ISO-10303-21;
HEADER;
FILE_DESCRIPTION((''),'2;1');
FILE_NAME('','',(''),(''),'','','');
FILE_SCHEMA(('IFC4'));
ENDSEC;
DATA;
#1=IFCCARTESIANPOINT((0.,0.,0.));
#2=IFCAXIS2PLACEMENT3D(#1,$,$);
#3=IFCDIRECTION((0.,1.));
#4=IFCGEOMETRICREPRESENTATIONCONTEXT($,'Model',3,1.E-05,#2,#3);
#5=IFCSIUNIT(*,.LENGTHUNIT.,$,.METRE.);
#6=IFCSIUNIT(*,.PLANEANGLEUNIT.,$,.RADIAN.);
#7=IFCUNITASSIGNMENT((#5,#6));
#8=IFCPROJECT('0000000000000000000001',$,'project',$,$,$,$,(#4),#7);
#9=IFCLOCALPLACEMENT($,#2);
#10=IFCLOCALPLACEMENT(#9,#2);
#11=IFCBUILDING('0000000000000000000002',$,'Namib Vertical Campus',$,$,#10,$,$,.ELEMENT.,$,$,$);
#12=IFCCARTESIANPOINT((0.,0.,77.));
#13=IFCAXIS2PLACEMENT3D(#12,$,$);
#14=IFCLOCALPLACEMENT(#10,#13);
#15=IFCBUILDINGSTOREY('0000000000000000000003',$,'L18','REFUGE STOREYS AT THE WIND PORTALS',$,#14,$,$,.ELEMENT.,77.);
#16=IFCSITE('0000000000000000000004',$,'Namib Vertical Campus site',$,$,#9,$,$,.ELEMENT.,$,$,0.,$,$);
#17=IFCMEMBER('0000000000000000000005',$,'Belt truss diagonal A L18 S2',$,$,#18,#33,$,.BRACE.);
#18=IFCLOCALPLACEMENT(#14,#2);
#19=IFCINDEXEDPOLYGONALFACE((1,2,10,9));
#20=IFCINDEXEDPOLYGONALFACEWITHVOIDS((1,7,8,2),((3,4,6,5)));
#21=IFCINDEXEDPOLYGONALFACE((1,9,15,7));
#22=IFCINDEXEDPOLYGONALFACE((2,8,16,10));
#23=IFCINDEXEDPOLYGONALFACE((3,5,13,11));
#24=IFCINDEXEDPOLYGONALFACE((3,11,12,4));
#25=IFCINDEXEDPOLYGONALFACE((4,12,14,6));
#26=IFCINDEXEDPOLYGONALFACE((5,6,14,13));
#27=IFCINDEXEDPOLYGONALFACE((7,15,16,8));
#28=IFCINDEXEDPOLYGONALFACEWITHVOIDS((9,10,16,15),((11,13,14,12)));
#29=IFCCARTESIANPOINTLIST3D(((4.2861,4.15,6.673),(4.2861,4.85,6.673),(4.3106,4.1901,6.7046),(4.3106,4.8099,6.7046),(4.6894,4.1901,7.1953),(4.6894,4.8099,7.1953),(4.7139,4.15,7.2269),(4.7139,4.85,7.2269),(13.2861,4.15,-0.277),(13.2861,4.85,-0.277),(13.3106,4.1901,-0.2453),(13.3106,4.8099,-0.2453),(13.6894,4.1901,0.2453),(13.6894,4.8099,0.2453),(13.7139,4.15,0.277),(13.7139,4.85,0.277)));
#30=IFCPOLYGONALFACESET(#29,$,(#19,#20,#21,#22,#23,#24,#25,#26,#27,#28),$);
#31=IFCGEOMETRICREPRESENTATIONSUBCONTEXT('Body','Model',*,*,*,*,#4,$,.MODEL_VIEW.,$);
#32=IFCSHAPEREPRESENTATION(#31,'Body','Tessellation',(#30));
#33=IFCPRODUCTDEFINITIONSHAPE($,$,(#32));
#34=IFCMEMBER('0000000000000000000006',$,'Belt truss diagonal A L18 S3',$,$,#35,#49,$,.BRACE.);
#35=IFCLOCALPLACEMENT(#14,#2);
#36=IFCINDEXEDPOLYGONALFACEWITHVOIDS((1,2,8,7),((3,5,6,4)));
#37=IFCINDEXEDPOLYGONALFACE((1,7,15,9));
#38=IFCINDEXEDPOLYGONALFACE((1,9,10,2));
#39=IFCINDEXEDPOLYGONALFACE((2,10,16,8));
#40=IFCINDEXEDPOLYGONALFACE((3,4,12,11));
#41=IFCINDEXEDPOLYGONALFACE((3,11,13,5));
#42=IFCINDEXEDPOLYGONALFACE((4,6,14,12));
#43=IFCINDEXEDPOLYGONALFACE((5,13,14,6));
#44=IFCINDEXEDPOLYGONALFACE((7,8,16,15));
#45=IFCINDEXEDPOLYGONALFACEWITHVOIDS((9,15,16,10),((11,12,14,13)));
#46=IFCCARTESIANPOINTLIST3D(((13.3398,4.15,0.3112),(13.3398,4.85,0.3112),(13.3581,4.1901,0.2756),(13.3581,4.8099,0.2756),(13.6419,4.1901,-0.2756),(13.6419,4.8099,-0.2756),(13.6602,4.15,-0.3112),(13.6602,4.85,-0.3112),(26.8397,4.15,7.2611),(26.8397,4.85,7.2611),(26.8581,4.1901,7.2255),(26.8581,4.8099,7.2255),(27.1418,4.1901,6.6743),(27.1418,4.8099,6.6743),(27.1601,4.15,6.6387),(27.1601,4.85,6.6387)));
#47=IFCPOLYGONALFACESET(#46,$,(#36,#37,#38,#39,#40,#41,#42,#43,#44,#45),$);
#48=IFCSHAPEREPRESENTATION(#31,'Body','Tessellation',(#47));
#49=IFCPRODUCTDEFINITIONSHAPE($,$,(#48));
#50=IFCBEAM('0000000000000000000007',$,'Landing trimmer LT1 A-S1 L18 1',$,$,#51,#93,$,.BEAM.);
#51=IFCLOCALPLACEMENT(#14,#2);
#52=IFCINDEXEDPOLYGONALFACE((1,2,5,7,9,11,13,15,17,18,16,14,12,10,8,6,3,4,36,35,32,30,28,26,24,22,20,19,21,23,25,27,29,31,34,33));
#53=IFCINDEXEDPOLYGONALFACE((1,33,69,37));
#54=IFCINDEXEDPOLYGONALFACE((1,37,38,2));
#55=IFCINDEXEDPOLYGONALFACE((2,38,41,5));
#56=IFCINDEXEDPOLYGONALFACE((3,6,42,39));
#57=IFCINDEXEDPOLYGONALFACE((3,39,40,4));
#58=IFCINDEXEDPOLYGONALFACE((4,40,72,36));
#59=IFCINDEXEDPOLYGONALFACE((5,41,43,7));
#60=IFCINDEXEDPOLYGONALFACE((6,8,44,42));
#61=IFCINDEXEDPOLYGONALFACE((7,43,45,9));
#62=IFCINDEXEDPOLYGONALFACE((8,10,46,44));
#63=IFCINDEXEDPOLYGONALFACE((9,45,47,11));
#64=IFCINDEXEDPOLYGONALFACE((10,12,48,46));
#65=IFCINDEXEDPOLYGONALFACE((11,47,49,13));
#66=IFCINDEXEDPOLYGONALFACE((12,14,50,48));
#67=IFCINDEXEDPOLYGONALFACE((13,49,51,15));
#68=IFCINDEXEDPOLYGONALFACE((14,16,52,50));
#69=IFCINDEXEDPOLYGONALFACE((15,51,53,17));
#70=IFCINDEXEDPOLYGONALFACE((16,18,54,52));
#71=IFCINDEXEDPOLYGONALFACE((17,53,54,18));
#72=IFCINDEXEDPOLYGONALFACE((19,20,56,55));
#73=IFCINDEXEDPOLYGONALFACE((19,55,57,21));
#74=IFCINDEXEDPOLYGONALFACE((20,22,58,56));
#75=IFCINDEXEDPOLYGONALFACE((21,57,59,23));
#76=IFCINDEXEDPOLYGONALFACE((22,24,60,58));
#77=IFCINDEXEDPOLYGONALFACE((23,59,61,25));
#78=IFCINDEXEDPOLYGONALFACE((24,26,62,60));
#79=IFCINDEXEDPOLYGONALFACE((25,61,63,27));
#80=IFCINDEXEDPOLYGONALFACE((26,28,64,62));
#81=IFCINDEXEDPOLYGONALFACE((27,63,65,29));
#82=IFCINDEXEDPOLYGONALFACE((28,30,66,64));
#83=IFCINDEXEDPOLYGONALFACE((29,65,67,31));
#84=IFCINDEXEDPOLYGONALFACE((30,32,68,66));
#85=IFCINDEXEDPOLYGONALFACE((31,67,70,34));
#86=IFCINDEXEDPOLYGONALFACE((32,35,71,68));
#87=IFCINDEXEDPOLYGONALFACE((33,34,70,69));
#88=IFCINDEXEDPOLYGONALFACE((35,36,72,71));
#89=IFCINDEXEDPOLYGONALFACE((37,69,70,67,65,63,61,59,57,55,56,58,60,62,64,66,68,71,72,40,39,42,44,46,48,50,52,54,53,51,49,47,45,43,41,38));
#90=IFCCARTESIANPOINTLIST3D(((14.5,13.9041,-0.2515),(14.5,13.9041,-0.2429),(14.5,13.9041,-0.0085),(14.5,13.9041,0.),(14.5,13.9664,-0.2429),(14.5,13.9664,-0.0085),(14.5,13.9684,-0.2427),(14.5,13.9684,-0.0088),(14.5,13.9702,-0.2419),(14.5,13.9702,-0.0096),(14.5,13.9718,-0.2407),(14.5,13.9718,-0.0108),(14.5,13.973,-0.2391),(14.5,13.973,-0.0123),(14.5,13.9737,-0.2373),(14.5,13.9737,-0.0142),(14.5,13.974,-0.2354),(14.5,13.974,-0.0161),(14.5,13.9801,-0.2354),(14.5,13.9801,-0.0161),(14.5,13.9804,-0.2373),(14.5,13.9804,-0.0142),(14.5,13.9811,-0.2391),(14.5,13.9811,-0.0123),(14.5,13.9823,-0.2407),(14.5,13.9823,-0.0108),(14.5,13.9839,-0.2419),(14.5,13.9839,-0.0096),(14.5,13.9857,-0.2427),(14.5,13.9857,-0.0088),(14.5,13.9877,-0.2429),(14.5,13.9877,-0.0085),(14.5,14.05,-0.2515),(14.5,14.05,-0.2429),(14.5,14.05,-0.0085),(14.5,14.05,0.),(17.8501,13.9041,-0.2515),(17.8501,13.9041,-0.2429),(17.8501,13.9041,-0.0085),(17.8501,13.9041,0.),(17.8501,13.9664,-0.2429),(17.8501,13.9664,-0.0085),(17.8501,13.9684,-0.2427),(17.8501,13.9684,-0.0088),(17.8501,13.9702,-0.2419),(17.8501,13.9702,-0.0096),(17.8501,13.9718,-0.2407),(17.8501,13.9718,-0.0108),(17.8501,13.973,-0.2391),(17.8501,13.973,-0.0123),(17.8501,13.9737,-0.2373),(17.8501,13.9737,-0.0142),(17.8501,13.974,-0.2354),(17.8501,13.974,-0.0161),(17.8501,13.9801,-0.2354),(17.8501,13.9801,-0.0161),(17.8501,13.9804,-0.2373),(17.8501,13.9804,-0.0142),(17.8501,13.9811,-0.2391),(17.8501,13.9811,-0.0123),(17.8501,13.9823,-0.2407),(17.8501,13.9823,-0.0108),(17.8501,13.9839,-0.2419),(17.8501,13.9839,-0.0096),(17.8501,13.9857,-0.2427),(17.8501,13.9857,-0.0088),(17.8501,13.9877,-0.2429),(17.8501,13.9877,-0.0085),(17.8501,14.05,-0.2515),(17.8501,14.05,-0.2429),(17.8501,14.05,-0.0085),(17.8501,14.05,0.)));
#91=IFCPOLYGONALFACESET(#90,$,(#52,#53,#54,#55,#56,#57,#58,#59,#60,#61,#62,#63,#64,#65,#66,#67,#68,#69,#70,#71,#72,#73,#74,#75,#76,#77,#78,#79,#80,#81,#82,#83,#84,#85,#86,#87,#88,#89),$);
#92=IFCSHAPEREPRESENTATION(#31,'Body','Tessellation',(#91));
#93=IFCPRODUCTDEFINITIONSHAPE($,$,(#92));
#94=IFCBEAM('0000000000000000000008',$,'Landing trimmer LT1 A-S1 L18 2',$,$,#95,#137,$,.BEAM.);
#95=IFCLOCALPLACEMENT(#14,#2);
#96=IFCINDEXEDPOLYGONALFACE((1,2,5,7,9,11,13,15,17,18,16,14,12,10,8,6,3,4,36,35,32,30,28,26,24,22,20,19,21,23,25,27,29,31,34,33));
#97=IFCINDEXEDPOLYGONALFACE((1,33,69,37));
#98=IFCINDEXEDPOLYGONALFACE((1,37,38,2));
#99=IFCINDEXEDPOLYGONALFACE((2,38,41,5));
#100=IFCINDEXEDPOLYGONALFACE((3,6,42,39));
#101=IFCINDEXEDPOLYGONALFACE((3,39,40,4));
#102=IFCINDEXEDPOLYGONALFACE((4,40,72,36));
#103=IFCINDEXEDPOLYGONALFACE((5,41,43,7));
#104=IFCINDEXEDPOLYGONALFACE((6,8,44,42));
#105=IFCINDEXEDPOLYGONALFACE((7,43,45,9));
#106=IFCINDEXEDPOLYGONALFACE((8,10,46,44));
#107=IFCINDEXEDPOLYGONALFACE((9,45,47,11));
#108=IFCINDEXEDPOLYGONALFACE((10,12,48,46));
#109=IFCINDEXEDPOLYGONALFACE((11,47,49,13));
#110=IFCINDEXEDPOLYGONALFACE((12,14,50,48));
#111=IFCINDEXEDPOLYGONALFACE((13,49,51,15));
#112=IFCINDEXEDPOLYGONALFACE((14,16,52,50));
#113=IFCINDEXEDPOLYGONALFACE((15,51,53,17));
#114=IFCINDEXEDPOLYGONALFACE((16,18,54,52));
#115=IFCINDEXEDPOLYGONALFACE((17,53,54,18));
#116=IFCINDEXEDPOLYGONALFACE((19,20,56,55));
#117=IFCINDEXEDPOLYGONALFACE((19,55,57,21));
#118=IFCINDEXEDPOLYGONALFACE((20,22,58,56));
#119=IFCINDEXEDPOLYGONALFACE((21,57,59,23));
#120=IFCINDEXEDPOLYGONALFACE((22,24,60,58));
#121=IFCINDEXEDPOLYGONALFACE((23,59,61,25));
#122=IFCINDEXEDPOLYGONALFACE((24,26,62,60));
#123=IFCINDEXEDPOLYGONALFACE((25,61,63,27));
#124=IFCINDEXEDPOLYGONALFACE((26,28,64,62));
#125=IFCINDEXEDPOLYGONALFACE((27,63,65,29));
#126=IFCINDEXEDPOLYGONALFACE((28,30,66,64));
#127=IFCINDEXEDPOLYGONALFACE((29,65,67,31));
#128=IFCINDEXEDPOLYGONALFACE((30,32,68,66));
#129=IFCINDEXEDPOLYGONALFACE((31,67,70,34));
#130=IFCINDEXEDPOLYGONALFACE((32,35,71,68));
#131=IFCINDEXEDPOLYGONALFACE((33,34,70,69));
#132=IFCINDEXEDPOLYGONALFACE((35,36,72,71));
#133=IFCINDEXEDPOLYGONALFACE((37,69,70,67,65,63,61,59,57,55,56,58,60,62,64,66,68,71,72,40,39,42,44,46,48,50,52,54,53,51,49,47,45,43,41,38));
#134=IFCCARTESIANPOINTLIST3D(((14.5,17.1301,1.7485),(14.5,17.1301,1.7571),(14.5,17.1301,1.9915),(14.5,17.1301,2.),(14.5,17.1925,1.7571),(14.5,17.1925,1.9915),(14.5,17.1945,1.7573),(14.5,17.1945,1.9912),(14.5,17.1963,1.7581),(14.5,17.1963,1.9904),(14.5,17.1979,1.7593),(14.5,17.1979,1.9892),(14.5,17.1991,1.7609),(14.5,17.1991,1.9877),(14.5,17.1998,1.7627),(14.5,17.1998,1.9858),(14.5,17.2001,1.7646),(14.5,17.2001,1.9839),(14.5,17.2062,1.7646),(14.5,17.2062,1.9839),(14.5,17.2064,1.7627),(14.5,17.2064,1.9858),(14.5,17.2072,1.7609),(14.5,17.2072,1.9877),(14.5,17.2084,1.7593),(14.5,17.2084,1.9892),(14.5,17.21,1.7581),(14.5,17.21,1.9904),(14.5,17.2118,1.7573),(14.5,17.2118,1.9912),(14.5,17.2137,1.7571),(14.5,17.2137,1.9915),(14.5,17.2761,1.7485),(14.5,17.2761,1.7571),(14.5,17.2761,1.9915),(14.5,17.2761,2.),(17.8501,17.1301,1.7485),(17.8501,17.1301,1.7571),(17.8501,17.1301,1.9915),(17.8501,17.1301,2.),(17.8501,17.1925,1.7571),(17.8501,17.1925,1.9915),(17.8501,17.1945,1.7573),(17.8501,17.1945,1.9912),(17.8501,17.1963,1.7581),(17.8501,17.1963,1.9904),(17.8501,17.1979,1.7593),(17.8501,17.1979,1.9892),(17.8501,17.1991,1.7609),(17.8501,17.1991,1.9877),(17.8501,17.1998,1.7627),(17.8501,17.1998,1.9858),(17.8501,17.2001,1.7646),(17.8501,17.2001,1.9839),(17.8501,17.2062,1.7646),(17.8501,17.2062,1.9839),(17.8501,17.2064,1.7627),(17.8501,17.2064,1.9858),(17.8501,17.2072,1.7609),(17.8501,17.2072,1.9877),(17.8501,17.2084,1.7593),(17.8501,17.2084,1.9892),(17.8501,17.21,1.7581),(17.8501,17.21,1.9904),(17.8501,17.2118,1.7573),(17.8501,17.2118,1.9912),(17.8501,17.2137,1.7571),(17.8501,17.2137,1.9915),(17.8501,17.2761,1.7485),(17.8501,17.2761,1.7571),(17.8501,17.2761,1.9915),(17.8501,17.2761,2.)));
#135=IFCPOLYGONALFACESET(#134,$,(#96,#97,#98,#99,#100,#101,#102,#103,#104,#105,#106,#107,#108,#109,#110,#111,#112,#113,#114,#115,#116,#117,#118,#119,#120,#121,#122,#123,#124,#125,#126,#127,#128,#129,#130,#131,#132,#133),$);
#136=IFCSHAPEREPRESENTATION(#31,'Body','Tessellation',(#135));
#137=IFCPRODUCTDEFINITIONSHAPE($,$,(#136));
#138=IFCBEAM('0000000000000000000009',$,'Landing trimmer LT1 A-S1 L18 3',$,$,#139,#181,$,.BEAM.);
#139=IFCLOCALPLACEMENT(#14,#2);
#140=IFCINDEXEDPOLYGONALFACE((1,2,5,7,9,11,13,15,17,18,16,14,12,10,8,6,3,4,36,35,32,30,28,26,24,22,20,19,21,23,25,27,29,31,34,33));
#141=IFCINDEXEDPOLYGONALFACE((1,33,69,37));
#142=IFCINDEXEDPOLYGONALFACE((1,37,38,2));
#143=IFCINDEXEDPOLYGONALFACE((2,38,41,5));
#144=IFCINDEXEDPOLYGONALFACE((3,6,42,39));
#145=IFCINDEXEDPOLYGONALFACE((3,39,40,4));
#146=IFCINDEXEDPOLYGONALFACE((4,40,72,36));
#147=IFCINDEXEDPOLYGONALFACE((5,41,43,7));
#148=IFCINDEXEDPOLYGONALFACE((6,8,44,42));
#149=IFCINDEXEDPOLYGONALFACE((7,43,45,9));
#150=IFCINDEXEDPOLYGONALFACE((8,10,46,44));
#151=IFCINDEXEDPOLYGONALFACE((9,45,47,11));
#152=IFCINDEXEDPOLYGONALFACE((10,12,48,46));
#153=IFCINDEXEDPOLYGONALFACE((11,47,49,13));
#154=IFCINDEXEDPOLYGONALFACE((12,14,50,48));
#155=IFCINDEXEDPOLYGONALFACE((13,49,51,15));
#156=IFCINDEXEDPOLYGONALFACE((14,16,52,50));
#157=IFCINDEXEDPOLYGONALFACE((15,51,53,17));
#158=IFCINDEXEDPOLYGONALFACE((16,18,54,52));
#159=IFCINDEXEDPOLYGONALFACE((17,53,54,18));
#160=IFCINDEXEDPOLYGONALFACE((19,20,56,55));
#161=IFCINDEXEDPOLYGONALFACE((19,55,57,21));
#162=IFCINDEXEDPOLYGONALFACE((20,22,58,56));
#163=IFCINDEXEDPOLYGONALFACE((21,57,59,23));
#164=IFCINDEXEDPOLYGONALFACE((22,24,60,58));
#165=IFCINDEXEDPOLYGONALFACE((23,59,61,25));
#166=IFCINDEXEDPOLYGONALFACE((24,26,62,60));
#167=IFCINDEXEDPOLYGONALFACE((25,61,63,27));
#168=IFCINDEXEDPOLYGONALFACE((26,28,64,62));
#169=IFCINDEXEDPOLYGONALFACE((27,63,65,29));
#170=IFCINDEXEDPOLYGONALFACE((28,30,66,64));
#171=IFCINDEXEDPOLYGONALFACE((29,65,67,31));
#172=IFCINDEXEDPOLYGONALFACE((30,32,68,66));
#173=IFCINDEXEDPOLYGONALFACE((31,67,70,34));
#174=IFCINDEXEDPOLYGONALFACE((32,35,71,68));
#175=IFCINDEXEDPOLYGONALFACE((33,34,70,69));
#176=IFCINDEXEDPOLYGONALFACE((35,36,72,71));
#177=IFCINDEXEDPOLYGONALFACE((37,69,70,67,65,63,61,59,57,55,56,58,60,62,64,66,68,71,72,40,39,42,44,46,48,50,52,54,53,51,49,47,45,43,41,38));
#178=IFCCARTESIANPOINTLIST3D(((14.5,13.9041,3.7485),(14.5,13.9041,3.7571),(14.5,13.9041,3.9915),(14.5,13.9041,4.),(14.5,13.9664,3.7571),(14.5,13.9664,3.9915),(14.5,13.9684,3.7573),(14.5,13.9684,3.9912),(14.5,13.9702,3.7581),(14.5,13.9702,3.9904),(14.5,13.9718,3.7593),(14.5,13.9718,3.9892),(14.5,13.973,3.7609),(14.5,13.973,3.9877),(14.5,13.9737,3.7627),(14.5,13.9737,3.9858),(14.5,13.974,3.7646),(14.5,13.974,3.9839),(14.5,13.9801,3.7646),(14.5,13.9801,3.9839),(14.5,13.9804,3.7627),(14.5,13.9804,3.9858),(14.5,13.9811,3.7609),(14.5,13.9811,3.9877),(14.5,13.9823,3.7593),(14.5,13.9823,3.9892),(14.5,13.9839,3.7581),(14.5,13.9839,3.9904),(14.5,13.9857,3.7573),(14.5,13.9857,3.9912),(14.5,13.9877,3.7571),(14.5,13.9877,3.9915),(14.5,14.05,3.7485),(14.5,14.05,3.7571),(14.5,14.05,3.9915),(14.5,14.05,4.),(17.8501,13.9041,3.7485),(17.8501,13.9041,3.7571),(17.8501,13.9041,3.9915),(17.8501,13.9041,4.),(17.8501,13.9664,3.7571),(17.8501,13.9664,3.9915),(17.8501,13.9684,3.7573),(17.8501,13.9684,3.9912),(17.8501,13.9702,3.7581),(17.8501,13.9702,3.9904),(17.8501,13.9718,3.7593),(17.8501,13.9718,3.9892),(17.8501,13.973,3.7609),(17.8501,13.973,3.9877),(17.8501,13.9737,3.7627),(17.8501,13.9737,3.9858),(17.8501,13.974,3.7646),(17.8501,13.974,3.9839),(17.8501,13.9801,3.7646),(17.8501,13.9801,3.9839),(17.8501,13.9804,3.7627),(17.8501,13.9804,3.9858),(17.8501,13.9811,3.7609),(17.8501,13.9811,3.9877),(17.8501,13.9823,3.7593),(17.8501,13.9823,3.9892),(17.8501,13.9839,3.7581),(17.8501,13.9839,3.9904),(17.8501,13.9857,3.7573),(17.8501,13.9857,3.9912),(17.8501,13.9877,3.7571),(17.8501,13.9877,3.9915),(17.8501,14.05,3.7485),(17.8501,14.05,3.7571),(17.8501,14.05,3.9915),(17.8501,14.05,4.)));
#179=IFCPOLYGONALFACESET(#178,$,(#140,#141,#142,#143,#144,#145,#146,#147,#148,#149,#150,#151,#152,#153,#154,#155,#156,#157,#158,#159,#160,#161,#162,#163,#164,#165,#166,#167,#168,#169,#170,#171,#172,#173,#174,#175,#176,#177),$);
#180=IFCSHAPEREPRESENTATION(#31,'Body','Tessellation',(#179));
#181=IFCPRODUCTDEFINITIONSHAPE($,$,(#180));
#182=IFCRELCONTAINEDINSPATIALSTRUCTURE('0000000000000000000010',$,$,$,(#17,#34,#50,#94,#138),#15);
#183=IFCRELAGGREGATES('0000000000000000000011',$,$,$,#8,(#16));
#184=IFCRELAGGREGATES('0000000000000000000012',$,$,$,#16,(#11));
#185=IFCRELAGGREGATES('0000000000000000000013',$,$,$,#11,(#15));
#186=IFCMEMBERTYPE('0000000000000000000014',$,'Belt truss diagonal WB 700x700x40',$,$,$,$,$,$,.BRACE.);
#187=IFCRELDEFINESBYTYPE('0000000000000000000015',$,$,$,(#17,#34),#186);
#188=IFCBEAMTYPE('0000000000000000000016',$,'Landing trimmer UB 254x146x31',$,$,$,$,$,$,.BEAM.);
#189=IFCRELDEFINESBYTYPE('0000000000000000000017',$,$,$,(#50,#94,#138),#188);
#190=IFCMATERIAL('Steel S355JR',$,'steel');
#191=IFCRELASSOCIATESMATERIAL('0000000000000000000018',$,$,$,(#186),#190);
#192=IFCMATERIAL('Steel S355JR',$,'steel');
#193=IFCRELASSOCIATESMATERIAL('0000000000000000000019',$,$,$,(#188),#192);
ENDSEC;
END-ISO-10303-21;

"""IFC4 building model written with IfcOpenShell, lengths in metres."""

from ifc_helpers import new_model, si_unit, direction, frame, origin, origin_2d, place, context, subcontext, project, spatial, hollow_rectangle, i_section, extrude, material, material_profile, profile_set, type_object, element, save


model = new_model("IFC4")

# Units and contexts
model_context = context("Model", 3, precision=1e-05, world=origin(), true_north=direction((0.0, 1.0)))
body_context = subcontext(model_context, "Body", "Model", "MODEL_VIEW")
ifc_project = project(units=[si_unit("LENGTHUNIT", "METRE"), si_unit("PLANEANGLEUNIT", "RADIAN")], contexts=[model_context])

# Site, building, storey
site_placement = place(None, origin())
site = spatial("IfcSite", under=ifc_project, at=site_placement, Name="Namib Vertical Campus site", CompositionType="ELEMENT", RefElevation=0.0)
building_placement = place(site_placement, origin())
building = spatial("IfcBuilding", under=site, at=building_placement, Name="Namib Vertical Campus", CompositionType="ELEMENT")
storey_placement = place(building_placement, frame((0.0, 0.0, 77.0)))
storey = spatial("IfcBuildingStorey", under=building, at=storey_placement, Name="L18", Description="REFUGE STOREYS AT THE WIND PORTALS", CompositionType="ELEMENT", Elevation=77.0)

# Members
ifc_material_1 = material(Name="Steel S355JR", Category="steel")
ifc_material_profile_1 = material_profile(ifc_material_1, hollow_rectangle(XDim=0.7, YDim=0.7, WallThickness=0.04, at=origin_2d()))
ifc_profile_set_1 = profile_set([ifc_material_profile_1], Name="Steel S355JR")
member_type = type_object("IfcMemberType", Name="Belt truss diagonal WB 700x700x40", PredefinedType="BRACE", material=ifc_profile_set_1)
member_1_placement = place(storey_placement, frame((13.5, 4.5, 0.0), z_axis=(-0.79148, 0.0, 0.611194), x_axis=(0.0, -1.0, 0.0)))
element("IfcMember", 1, at=member_1_placement, inside=storey, type_object=member_type, Name="Belt truss diagonal A L18 S2", PredefinedType="BRACE", context=body_context, shape_type="SweptSolid", body=[
    extrude(hollow_rectangle(XDim=0.7, YDim=0.7, WallThickness=0.04, at=origin_2d()), origin(), (0.0, 0.0, 1.0), 11.3711),
])
member_2_placement = place(storey_placement, frame((13.5, 4.5, 0.0), z_axis=(0.889098, 0.0, 0.457717), x_axis=(0.0, 1.0, 0.0)))
element("IfcMember", 2, at=member_2_placement, inside=storey, type_object=member_type, Name="Belt truss diagonal A L18 S3", PredefinedType="BRACE", context=body_context, shape_type="SweptSolid", body=[
    extrude(hollow_rectangle(XDim=0.7, YDim=0.7, WallThickness=0.04, at=origin_2d()), origin(), (0.0, 0.0, 1.0), 15.1838),
])

# Beams
ifc_material_2 = material(Name="Steel S355JR", Category="steel")
ifc_material_profile_2 = material_profile(ifc_material_2, i_section(OverallWidth=0.146, OverallDepth=0.2515, WebThickness=0.0061, FlangeThickness=0.0085, FilletRadius=0.0076, at=origin_2d()))
ifc_profile_set_2 = profile_set([ifc_material_profile_2], Name="Steel S355JR")
beam_type_1 = type_object("IfcBeamType", Name="Landing trimmer UB 254x146x31", PredefinedType="BEAM", material=ifc_profile_set_2)
for number, where, z_axis, x_axis, name in (
    (3, (14.5, 13.9771, -0.1257), (1.0, 0.0, 0.0), (0.0, 1.0, 0.0), "Landing trimmer LT1 A-S1 L18 1"),
    (4, (14.5, 17.2031, 1.8743), (1.0, 0.0, 0.0), (0.0, 1.0, 0.0), "Landing trimmer LT1 A-S1 L18 2"),
    (5, (14.5, 13.9771, 3.8743), (1.0, 0.0, 0.0), (0.0, 1.0, 0.0), "Landing trimmer LT1 A-S1 L18 3"),
):
    element("IfcBeam", number, at=place(storey_placement, frame(where, z_axis=z_axis, x_axis=x_axis)), inside=storey, type_object=beam_type_1, Name=name, PredefinedType="BEAM", context=body_context, shape_type="SweptSolid", body=[
        extrude(i_section(OverallWidth=0.146, OverallDepth=0.2515, WebThickness=0.0061, FlangeThickness=0.0085, FilletRadius=0.0076, at=origin_2d()), origin(), (0.0, 0.0, 1.0), 3.3501),
    ])

save(model, "model.ifc")
